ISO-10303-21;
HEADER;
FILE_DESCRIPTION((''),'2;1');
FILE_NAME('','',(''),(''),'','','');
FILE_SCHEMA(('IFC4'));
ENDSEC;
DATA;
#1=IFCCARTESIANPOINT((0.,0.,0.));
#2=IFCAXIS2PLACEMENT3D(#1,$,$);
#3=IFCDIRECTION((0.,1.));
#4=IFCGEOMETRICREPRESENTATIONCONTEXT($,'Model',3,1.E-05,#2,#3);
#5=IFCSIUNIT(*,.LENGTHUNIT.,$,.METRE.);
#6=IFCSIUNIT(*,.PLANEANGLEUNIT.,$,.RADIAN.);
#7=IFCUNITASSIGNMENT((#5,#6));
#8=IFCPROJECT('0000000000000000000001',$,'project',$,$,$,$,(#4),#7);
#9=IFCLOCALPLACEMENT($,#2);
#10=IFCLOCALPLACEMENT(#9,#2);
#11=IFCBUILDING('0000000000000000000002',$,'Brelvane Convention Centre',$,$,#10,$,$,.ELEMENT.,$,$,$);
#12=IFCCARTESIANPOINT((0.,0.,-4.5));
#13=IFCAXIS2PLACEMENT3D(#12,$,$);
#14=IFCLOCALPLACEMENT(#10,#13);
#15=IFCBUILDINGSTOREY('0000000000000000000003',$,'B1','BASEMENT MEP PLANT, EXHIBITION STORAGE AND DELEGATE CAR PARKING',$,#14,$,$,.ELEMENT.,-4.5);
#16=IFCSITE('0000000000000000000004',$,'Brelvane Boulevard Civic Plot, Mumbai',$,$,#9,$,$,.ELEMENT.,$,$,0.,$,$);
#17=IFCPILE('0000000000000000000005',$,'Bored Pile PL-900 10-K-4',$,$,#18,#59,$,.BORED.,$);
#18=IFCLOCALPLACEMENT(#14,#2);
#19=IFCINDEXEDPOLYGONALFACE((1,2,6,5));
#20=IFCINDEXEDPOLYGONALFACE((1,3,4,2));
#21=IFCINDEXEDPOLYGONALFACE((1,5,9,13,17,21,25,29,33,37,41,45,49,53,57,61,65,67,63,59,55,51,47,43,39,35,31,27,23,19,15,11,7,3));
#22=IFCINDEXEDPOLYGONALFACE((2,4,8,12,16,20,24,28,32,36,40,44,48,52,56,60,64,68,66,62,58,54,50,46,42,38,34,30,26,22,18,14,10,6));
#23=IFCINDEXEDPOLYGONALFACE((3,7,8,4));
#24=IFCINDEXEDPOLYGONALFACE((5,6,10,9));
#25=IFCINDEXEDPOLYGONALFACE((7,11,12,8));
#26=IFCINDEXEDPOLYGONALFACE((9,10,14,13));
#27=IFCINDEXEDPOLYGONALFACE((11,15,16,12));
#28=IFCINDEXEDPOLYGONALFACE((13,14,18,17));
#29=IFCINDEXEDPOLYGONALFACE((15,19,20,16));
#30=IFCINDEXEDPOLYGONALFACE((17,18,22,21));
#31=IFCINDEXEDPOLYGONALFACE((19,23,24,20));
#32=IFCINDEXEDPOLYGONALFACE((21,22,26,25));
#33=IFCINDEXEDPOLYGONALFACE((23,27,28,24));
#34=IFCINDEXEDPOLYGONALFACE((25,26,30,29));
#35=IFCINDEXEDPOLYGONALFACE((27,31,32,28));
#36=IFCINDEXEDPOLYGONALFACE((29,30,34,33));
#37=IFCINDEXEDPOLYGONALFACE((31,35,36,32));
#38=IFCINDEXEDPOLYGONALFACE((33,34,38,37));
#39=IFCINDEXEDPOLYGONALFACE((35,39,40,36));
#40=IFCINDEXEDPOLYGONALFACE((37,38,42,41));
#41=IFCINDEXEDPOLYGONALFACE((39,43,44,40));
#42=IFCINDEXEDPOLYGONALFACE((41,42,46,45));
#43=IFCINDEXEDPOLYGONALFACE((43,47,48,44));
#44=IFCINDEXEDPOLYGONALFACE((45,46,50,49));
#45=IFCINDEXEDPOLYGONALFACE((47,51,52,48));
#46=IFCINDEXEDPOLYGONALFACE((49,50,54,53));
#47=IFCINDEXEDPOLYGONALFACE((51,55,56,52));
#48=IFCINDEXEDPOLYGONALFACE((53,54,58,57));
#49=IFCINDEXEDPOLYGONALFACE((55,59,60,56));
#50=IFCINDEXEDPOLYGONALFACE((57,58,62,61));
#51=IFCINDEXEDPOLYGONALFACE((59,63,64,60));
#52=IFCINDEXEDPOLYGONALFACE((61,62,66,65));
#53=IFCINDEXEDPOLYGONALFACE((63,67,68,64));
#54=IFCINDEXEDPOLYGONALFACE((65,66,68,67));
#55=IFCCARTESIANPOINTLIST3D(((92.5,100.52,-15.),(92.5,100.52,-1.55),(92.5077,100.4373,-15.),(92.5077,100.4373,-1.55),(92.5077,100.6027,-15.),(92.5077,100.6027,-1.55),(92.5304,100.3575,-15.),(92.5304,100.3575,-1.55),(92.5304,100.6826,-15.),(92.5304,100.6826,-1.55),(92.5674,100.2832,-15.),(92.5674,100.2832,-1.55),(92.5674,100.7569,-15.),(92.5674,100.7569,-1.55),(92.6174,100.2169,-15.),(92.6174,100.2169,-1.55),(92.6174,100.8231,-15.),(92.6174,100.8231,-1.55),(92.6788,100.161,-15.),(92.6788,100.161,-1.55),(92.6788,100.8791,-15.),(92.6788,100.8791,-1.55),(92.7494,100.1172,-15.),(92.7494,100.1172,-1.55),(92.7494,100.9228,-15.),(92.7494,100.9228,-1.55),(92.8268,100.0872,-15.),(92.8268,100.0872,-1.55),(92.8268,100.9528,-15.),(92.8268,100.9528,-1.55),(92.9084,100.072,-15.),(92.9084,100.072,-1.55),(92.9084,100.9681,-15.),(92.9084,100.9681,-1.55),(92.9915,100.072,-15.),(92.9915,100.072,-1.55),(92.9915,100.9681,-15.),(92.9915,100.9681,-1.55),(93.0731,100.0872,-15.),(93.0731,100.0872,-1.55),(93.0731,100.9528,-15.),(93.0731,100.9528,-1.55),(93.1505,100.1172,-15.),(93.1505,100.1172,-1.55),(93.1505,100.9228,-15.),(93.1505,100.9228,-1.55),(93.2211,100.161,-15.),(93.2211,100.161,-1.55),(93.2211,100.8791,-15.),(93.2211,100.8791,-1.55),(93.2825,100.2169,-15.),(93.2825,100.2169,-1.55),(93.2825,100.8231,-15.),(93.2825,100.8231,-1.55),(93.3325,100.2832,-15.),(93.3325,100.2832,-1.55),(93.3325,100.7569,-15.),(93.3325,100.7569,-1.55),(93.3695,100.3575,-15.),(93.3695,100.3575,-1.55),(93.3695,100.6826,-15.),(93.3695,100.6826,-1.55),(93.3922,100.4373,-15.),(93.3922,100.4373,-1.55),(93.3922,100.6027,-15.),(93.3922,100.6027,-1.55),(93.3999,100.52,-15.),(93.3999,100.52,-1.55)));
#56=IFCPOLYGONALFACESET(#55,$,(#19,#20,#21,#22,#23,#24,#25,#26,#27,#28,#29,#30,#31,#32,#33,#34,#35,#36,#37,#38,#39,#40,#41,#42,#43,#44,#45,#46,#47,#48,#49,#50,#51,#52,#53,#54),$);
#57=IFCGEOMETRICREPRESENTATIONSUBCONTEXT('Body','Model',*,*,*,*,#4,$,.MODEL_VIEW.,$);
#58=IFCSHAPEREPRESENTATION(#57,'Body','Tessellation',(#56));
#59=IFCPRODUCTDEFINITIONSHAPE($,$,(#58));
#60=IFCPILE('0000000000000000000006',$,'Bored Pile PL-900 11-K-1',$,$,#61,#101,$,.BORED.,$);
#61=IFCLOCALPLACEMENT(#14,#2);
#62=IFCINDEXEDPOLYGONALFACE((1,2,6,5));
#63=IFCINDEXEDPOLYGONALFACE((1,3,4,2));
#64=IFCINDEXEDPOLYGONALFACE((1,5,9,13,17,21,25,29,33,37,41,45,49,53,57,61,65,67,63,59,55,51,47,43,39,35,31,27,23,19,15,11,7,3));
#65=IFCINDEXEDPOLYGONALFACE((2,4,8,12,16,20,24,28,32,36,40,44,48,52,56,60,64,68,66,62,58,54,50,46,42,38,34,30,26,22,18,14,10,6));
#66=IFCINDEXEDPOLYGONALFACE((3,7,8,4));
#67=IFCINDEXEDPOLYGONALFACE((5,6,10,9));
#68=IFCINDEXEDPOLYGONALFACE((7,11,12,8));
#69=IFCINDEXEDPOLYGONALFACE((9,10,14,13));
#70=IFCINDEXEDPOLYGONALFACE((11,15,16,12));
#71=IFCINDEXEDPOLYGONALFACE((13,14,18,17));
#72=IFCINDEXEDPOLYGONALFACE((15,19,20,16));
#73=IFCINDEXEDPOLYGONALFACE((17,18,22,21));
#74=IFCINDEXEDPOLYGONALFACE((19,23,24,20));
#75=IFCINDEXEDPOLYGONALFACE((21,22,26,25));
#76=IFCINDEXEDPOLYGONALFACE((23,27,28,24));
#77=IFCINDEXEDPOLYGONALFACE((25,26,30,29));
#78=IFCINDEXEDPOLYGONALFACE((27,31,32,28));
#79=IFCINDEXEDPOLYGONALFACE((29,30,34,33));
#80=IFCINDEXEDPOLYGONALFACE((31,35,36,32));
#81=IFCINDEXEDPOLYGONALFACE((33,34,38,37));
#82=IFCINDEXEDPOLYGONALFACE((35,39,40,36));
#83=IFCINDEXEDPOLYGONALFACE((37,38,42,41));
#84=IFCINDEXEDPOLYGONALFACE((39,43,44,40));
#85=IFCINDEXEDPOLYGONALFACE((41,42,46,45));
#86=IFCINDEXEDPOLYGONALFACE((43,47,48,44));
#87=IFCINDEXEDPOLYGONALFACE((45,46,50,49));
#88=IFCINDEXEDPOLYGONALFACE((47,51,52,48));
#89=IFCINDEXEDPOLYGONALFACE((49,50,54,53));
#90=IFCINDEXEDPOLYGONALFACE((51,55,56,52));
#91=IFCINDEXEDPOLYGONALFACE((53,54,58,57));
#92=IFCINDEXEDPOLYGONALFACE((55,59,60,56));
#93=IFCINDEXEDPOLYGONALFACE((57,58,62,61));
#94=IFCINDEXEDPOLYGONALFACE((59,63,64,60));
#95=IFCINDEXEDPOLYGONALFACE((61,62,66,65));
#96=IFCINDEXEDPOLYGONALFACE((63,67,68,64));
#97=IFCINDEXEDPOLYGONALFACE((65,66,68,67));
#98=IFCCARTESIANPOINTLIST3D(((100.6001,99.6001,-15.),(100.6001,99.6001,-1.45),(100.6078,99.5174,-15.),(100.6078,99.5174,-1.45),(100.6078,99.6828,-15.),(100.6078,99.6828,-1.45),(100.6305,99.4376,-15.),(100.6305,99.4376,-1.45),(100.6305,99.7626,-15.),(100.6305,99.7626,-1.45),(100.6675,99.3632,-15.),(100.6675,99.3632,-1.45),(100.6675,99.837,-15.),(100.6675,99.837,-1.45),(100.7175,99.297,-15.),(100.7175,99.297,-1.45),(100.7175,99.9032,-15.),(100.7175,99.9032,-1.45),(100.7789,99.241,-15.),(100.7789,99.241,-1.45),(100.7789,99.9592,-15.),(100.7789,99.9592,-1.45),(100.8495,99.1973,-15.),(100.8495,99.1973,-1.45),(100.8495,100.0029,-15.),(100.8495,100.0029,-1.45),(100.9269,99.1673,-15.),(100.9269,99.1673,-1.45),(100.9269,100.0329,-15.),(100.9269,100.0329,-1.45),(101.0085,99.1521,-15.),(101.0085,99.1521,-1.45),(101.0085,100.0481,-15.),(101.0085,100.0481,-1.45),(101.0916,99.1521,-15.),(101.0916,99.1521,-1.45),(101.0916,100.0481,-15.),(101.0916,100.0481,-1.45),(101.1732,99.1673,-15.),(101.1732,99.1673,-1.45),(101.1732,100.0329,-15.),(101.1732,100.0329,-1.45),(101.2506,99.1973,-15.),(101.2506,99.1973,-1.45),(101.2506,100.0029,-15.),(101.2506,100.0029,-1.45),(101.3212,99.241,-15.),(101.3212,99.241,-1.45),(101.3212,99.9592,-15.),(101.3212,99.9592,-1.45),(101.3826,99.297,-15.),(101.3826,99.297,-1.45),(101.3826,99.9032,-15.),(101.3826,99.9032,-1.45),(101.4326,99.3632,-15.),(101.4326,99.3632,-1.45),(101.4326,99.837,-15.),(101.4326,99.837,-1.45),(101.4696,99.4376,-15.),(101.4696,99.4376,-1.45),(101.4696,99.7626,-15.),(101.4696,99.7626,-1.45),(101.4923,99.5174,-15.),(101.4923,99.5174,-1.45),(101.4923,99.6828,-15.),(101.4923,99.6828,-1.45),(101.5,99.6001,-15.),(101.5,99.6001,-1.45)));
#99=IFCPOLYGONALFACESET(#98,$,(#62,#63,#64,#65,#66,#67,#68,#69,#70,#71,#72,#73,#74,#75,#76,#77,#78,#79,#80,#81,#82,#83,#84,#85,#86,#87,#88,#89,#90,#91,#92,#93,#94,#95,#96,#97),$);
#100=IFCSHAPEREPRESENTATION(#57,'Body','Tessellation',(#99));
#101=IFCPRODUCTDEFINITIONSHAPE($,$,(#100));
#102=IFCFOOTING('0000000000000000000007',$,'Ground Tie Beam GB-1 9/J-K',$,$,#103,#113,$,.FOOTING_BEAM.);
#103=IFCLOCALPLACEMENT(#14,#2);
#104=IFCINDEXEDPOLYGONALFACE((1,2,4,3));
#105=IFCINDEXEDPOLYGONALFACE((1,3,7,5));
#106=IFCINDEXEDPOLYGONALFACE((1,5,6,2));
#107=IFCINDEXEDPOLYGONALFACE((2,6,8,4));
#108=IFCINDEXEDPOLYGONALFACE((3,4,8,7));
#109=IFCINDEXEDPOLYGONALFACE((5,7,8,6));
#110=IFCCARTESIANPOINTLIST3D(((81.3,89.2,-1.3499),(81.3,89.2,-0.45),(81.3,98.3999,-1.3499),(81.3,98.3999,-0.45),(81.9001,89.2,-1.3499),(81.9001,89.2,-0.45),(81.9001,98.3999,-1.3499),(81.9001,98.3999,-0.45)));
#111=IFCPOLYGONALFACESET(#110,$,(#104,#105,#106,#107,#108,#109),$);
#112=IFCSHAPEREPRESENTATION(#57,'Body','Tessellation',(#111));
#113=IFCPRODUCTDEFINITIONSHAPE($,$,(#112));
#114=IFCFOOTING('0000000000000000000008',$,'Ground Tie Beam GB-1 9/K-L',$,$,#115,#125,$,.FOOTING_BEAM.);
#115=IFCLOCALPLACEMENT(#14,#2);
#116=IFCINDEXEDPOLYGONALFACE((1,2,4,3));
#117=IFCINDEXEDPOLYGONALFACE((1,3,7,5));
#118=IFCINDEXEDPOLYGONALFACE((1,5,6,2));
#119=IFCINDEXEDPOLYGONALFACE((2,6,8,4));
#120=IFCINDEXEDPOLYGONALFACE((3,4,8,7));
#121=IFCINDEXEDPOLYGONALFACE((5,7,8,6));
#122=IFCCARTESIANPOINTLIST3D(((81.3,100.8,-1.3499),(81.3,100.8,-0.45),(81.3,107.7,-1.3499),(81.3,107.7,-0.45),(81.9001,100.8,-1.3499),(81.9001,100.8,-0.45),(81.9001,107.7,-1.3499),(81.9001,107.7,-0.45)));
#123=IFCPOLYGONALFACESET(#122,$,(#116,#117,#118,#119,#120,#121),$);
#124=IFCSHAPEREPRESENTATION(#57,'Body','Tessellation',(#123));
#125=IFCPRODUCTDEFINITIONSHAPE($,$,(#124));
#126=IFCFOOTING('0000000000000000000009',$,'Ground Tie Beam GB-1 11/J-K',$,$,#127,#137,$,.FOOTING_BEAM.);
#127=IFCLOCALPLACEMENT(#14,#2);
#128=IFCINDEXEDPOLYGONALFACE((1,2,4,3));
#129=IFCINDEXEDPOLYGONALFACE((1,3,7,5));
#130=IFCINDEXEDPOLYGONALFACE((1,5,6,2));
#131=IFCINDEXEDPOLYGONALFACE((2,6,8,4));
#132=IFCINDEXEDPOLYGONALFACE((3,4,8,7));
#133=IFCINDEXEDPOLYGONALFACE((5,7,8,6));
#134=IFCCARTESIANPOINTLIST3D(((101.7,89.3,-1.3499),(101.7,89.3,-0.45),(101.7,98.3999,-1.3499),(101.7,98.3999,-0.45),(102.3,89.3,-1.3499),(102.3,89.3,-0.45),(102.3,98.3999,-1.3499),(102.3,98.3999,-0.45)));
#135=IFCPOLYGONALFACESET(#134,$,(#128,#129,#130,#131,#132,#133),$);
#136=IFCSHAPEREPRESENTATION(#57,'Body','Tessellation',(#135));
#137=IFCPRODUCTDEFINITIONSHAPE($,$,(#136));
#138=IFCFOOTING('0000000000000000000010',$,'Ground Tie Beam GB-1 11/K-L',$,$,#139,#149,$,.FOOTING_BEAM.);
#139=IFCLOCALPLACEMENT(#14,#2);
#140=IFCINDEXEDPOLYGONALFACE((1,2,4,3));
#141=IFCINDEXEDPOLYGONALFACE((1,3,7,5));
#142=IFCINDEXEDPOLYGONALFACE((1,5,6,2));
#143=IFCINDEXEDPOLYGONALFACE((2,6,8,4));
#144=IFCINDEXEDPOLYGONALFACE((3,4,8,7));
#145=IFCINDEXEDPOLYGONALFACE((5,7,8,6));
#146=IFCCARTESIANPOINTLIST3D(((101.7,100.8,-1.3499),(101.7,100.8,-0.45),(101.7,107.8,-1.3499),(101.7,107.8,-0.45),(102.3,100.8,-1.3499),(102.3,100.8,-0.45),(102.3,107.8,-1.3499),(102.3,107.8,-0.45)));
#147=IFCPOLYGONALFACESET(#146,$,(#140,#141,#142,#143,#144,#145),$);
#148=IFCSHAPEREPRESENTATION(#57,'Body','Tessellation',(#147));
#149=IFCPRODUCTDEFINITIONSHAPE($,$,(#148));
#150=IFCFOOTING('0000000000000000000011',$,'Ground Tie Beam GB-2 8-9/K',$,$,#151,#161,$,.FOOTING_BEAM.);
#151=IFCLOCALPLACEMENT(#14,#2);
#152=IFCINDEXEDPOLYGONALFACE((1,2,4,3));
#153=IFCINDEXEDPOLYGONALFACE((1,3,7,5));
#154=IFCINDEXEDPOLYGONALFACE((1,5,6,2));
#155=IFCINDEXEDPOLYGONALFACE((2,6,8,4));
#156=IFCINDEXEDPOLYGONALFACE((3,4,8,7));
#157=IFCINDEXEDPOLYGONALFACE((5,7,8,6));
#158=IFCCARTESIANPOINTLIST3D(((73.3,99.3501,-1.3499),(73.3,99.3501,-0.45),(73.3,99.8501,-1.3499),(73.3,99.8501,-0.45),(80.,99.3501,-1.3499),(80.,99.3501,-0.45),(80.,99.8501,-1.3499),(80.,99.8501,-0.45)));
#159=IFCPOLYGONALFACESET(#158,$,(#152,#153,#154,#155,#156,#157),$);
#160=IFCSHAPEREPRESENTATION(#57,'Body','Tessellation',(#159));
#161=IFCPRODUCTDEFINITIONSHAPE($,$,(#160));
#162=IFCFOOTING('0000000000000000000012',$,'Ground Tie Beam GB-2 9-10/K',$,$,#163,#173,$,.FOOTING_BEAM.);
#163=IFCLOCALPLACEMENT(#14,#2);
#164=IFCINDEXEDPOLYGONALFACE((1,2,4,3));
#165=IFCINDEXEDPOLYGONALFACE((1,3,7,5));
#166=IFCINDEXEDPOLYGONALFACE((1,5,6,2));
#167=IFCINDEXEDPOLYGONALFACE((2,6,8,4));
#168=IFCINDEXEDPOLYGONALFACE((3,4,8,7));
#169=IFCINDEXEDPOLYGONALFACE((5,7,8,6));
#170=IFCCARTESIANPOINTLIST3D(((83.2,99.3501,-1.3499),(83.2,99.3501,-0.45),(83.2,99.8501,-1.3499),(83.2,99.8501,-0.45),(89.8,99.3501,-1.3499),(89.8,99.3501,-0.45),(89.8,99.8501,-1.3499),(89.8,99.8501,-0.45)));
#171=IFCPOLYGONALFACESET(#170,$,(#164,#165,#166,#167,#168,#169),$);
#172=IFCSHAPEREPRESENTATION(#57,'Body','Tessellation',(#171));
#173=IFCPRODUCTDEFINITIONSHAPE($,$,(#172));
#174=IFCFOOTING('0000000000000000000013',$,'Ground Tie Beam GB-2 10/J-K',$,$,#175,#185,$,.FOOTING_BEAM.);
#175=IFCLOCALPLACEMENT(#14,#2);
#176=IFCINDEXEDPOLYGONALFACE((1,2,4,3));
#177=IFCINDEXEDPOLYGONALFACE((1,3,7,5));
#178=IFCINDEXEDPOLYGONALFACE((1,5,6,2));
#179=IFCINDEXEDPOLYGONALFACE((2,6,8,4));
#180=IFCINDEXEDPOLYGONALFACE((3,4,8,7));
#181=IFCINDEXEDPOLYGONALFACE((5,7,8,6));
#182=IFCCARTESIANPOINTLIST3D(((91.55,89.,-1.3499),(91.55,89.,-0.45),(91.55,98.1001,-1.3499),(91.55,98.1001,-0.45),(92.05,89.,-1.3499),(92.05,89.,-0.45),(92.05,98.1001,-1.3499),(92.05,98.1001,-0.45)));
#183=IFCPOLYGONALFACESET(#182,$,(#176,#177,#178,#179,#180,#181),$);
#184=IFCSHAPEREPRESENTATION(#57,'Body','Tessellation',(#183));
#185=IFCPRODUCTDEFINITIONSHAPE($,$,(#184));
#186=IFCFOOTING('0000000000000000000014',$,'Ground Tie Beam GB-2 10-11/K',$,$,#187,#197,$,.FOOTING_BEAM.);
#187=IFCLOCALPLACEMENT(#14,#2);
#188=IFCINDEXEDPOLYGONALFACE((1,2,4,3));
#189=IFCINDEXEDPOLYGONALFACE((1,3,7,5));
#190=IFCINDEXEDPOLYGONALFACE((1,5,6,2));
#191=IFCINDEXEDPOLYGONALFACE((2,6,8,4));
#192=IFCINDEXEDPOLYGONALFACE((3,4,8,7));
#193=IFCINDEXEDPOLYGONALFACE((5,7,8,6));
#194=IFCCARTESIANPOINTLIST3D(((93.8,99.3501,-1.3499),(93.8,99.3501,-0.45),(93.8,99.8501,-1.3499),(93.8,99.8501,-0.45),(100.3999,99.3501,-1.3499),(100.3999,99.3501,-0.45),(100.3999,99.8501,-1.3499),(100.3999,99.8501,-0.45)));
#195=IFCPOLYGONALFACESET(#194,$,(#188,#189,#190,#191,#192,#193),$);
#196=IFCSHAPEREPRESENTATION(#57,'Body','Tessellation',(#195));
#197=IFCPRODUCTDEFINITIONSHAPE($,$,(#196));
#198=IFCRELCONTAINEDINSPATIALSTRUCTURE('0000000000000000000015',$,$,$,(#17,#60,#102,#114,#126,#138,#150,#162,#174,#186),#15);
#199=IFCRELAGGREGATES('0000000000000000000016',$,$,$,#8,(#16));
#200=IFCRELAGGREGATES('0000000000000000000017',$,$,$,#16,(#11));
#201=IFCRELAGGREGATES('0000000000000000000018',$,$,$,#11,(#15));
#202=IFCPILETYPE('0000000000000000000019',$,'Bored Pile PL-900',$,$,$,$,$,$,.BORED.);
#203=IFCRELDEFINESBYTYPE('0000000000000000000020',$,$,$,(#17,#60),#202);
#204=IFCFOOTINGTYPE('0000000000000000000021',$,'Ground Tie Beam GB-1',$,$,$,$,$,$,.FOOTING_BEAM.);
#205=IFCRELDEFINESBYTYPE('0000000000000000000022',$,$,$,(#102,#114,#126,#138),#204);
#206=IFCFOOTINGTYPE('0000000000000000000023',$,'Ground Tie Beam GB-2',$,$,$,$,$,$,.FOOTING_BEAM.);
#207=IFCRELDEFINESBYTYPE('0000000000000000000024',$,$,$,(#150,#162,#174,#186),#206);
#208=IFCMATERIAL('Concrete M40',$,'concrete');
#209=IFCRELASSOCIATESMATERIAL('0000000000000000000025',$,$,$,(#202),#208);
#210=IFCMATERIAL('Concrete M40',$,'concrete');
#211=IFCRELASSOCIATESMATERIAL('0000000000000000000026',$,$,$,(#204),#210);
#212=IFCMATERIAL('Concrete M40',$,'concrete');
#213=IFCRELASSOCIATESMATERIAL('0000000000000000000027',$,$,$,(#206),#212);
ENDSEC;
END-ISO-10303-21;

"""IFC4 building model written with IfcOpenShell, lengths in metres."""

from ifc_helpers import new_model, si_unit, direction, frame, origin, origin_2d, place, context, subcontext, project, spatial, rectangle, circle, extrude, material, material_profile, profile_set, type_object, element, save


model = new_model("IFC4")

# Units and contexts
model_context = context("Model", 3, precision=1e-05, world=origin(), true_north=direction((0.0, 1.0)))
body_context = subcontext(model_context, "Body", "Model", "MODEL_VIEW")
ifc_project = project(units=[si_unit("LENGTHUNIT", "METRE"), si_unit("PLANEANGLEUNIT", "RADIAN")], contexts=[model_context])

# Site, building, storey
site_placement = place(None, origin())
site = spatial("IfcSite", under=ifc_project, at=site_placement, Name="Brelvane Boulevard Civic Plot, Mumbai", CompositionType="ELEMENT", RefElevation=0.0)
building_placement = place(site_placement, origin())
building = spatial("IfcBuilding", under=site, at=building_placement, Name="Brelvane Convention Centre", CompositionType="ELEMENT")
storey_placement = place(building_placement, frame((0.0, 0.0, -4.5)))
storey = spatial("IfcBuildingStorey", under=building, at=storey_placement, Name="B1", Description="BASEMENT MEP PLANT, EXHIBITION STORAGE AND DELEGATE CAR PARKING", CompositionType="ELEMENT", Elevation=-4.5)

# Piles
ifc_material_1 = material(Name="Concrete M40", Category="concrete")
ifc_material_profile_1 = material_profile(ifc_material_1, circle(Radius=0.45, at=origin_2d()), Name="PILE D900")
ifc_profile_set_1 = profile_set([ifc_material_profile_1], Name="Concrete M40")
pile_type = type_object("IfcPileType", Name="Bored Pile PL-900", PredefinedType="BORED", material=ifc_profile_set_1)
for number, where, z_axis, x_axis, name in (
    (1, (92.95, 100.52, -1.55), (0.0, 0.0, -1.0), (1.0, 0.0, 0.0), "Bored Pile PL-900 10-K-4"),
):
    element("IfcPile", number, at=place(storey_placement, frame(where, z_axis=z_axis, x_axis=x_axis)), inside=storey, type_object=pile_type, Name=name, PredefinedType="BORED", context=body_context, shape_type="SweptSolid", body=[
        extrude(circle(Radius=0.45, at=origin_2d()), origin(), (0.0, 0.0, 1.0), 13.45),
    ])
pile_1_placement = place(storey_placement, frame((101.05, 99.6001, -1.45), z_axis=(0.0, 0.0, -1.0), x_axis=(1.0, 0.0, 0.0)))
element("IfcPile", 2, at=pile_1_placement, inside=storey, type_object=pile_type, Name="Bored Pile PL-900 11-K-1", PredefinedType="BORED", context=body_context, shape_type="SweptSolid", body=[
    extrude(circle(Radius=0.45, at=origin_2d()), origin(), (0.0, 0.0, 1.0), 13.55),
])

# Footings
ifc_material_2 = material(Name="Concrete M40", Category="concrete")
ifc_material_profile_2 = material_profile(ifc_material_2, rectangle(XDim=0.6001, YDim=0.8999, at=origin_2d()), Name="RC 600x900")
ifc_profile_set_2 = profile_set([ifc_material_profile_2], Name="Concrete M40")
footing_type_1 = type_object("IfcFootingType", Name="Ground Tie Beam GB-1", PredefinedType="FOOTING_BEAM", material=ifc_profile_set_2)
footing_1_placement = place(storey_placement, frame((81.6001, 89.2, -0.8999), z_axis=(0.0, 1.0, 0.0), x_axis=(-1.0, 0.0, 0.0)))
element("IfcFooting", 3, at=footing_1_placement, inside=storey, type_object=footing_type_1, Name="Ground Tie Beam GB-1 9/J-K", PredefinedType="FOOTING_BEAM", context=body_context, shape_type="SweptSolid", body=[
    extrude(rectangle(XDim=0.6001, YDim=0.8999, at=origin_2d()), origin(), (0.0, 0.0, 1.0), 9.2),
])
footing_2_placement = place(storey_placement, frame((81.6001, 100.8, -0.8999), z_axis=(0.0, 1.0, 0.0), x_axis=(-1.0, 0.0, 0.0)))
element("IfcFooting", 4, at=footing_2_placement, inside=storey, type_object=footing_type_1, Name="Ground Tie Beam GB-1 9/K-L", PredefinedType="FOOTING_BEAM", context=body_context, shape_type="SweptSolid", body=[
    extrude(rectangle(XDim=0.6001, YDim=0.8999, at=origin_2d()), origin(), (0.0, 0.0, 1.0), 6.8999),
])
footing_3_placement = place(storey_placement, frame((102.0, 89.3, -0.8999), z_axis=(0.0, 1.0, 0.0), x_axis=(-1.0, 0.0, 0.0)))
element("IfcFooting", 5, at=footing_3_placement, inside=storey, type_object=footing_type_1, Name="Ground Tie Beam GB-1 11/J-K", PredefinedType="FOOTING_BEAM", context=body_context, shape_type="SweptSolid", body=[
    extrude(rectangle(XDim=0.6001, YDim=0.8999, at=origin_2d()), origin(), (0.0, 0.0, 1.0), 9.0999),
])
footing_4_placement = place(storey_placement, frame((102.0, 100.8, -0.8999), z_axis=(0.0, 1.0, 0.0), x_axis=(-1.0, 0.0, 0.0)))
element("IfcFooting", 6, at=footing_4_placement, inside=storey, type_object=footing_type_1, Name="Ground Tie Beam GB-1 11/K-L", PredefinedType="FOOTING_BEAM", context=body_context, shape_type="SweptSolid", body=[
    extrude(rectangle(XDim=0.6001, YDim=0.8999, at=origin_2d()), origin(), (0.0, 0.0, 1.0), 7.0),
])
ifc_material_3 = material(Name="Concrete M40", Category="concrete")
ifc_material_profile_3 = material_profile(ifc_material_3, rectangle(XDim=0.5, YDim=0.8999, at=origin_2d()), Name="RC 500x900")
ifc_profile_set_3 = profile_set([ifc_material_profile_3], Name="Concrete M40")
footing_type_2 = type_object("IfcFootingType", Name="Ground Tie Beam GB-2", PredefinedType="FOOTING_BEAM", material=ifc_profile_set_3)
footing_5_placement = place(storey_placement, frame((73.3, 99.6001, -0.8999), z_axis=(1.0, 0.0, 0.0), x_axis=(0.0, 1.0, 0.0)))
element("IfcFooting", 7, at=footing_5_placement, inside=storey, type_object=footing_type_2, Name="Ground Tie Beam GB-2 8-9/K", PredefinedType="FOOTING_BEAM", context=body_context, shape_type="SweptSolid", body=[
    extrude(rectangle(XDim=0.5, YDim=0.8999, at=origin_2d()), origin(), (0.0, 0.0, 1.0), 6.7),
])
footing_6_placement = place(storey_placement, frame((83.2, 99.6001, -0.8999), z_axis=(1.0, 0.0, 0.0), x_axis=(0.0, 1.0, 0.0)))
element("IfcFooting", 8, at=footing_6_placement, inside=storey, type_object=footing_type_2, Name="Ground Tie Beam GB-2 9-10/K", PredefinedType="FOOTING_BEAM", context=body_context, shape_type="SweptSolid", body=[
    extrude(rectangle(XDim=0.5, YDim=0.8999, at=origin_2d()), origin(), (0.0, 0.0, 1.0), 6.6001),
])
footing_7_placement = place(storey_placement, frame((91.8, 89.0, -0.8999), z_axis=(0.0, 1.0, 0.0), x_axis=(-1.0, 0.0, 0.0)))
element("IfcFooting", 9, at=footing_7_placement, inside=storey, type_object=footing_type_2, Name="Ground Tie Beam GB-2 10/J-K", PredefinedType="FOOTING_BEAM", context=body_context, shape_type="SweptSolid", body=[
    extrude(rectangle(XDim=0.5, YDim=0.8999, at=origin_2d()), origin(), (0.0, 0.0, 1.0), 9.1001),
])
footing_8_placement = place(storey_placement, frame((93.8, 99.6001, -0.8999), z_axis=(1.0, 0.0, 0.0), x_axis=(0.0, 1.0, 0.0)))
element("IfcFooting", 10, at=footing_8_placement, inside=storey, type_object=footing_type_2, Name="Ground Tie Beam GB-2 10-11/K", PredefinedType="FOOTING_BEAM", context=body_context, shape_type="SweptSolid", body=[
    extrude(rectangle(XDim=0.5, YDim=0.8999, at=origin_2d()), origin(), (0.0, 0.0, 1.0), 6.5999),
])

save(model, "model.ifc")
